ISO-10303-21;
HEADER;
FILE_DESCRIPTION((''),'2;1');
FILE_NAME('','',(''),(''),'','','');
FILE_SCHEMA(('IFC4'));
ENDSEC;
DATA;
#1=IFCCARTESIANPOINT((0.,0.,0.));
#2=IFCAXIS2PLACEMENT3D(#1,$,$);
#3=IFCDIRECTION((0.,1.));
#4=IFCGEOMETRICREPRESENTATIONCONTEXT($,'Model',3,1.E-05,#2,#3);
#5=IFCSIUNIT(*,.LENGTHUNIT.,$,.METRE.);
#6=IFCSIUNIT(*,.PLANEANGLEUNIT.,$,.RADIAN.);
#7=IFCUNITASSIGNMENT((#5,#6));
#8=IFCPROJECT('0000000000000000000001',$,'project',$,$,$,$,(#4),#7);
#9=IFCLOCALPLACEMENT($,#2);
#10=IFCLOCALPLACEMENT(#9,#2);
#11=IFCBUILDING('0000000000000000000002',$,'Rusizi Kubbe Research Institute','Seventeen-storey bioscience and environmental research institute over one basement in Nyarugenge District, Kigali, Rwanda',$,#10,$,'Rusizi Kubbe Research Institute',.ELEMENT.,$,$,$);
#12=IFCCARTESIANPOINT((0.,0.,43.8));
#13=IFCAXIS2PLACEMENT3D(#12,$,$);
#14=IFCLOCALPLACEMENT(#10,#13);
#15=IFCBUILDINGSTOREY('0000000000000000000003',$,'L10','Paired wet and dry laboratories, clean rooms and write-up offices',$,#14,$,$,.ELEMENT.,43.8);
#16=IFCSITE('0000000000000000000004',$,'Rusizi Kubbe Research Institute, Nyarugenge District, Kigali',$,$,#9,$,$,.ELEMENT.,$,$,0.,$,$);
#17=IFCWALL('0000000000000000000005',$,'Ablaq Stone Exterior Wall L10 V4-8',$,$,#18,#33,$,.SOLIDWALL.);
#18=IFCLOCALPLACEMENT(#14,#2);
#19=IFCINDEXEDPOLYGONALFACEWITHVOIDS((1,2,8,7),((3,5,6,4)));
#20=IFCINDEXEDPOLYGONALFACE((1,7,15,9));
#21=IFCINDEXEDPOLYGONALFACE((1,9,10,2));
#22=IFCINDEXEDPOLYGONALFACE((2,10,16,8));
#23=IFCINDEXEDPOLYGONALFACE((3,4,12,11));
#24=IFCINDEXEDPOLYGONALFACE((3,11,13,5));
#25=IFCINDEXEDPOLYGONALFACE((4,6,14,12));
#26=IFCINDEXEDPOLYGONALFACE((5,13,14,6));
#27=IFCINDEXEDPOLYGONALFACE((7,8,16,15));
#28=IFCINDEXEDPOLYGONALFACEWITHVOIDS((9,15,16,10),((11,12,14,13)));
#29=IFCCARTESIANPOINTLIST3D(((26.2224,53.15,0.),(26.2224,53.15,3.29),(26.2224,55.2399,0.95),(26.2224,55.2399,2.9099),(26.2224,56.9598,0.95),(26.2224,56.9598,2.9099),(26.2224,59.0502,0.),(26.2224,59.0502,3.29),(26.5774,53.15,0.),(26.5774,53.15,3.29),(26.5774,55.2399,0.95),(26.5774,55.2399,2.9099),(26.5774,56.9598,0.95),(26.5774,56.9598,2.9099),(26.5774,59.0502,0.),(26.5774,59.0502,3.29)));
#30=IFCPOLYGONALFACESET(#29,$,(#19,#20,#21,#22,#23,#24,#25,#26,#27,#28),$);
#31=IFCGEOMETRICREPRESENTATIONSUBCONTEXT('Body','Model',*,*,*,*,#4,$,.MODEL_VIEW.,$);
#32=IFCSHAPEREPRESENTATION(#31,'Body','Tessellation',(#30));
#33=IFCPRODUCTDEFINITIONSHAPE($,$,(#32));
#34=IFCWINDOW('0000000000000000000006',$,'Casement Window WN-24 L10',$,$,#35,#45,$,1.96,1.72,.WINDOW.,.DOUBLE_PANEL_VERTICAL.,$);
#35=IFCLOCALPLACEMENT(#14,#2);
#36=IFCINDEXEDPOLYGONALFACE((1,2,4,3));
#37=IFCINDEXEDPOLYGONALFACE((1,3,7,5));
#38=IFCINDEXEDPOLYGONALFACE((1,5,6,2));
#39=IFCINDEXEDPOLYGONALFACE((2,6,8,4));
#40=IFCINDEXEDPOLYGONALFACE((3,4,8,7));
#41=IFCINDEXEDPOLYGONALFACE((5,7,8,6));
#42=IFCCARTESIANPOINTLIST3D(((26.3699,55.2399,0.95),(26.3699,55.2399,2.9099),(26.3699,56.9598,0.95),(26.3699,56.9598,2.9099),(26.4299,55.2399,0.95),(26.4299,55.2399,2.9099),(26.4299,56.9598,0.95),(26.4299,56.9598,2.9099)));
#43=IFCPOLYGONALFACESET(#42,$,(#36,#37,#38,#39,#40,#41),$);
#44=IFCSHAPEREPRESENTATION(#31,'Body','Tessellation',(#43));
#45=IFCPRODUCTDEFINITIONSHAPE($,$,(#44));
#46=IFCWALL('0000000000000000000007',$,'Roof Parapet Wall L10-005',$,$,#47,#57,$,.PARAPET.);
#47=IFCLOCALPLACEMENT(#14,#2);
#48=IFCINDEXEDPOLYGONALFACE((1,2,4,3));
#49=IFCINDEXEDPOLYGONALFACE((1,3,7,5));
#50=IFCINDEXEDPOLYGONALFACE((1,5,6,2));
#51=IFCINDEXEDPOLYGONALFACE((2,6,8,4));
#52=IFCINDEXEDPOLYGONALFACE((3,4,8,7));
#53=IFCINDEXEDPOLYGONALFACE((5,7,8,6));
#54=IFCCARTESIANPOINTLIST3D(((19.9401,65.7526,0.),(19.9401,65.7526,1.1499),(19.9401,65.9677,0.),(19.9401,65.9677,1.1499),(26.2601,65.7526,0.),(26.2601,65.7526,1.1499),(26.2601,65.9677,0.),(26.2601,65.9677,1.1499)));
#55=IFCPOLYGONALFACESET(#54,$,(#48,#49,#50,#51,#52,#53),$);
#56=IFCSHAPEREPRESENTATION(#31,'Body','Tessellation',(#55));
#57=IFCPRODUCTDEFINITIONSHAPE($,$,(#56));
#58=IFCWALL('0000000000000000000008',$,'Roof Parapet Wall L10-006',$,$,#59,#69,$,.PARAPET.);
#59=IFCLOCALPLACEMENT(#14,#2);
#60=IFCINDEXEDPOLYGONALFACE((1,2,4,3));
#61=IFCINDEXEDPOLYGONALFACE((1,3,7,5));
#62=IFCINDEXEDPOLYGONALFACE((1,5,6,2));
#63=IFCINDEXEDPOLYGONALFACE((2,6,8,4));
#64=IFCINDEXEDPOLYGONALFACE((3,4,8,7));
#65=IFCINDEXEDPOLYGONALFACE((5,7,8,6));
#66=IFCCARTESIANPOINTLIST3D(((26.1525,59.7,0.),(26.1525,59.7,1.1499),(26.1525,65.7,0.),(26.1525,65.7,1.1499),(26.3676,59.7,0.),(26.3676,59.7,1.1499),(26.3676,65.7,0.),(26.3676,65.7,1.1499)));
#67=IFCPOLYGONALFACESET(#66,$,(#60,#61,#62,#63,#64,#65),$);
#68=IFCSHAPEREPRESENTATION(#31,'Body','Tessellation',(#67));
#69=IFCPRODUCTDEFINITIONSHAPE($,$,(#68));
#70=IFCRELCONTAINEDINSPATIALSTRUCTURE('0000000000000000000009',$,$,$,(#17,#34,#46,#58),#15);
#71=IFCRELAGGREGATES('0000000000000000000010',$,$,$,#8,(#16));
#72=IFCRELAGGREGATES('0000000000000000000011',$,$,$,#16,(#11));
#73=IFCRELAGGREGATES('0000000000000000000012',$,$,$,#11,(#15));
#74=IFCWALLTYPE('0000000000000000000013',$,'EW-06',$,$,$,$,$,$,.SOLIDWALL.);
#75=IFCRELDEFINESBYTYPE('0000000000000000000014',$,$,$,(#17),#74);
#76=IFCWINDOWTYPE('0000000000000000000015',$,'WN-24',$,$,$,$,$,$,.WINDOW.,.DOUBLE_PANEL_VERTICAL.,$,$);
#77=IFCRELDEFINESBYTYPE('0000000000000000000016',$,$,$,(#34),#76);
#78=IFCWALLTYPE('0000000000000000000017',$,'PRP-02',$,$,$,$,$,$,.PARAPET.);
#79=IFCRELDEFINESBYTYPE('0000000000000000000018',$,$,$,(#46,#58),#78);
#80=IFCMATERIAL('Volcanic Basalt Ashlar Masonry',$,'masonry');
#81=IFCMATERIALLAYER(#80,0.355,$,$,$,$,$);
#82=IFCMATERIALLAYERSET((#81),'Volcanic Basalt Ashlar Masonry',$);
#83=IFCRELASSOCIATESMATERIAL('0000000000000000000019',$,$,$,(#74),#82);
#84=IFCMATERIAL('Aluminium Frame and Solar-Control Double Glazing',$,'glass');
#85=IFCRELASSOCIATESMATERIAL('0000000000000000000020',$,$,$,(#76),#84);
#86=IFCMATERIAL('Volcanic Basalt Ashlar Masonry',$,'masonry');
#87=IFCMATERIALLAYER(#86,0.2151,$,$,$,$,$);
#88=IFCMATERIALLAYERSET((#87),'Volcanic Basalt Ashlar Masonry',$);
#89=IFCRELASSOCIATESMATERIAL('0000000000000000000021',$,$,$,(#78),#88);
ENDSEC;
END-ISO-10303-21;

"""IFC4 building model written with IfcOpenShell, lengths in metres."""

from ifc_helpers import new_model, si_unit, direction, frame, frame_2d, origin, place, context, subcontext, project, spatial, rectangle, extrude, material, layer, layer_set, type_object, element, fill, save


model = new_model("IFC4")

# Units and contexts
model_context = context("Model", 3, precision=1e-05, world=origin(), true_north=direction((0.0, 1.0)))
body_context = subcontext(model_context, "Body", "Model", "MODEL_VIEW")
ifc_project = project(units=[si_unit("LENGTHUNIT", "METRE"), si_unit("PLANEANGLEUNIT", "RADIAN")], contexts=[model_context])

# Site, building, storey
site_placement = place(None, origin())
site = spatial("IfcSite", under=ifc_project, at=site_placement, Name="Rusizi Kubbe Research Institute, Nyarugenge District, Kigali", CompositionType="ELEMENT", RefElevation=0.0)
building_placement = place(site_placement, origin())
building = spatial("IfcBuilding", under=site, at=building_placement, Name="Rusizi Kubbe Research Institute", Description="Seventeen-storey bioscience and environmental research institute over one basement in Nyarugenge District, Kigali, Rwanda", LongName="Rusizi Kubbe Research Institute", CompositionType="ELEMENT")
storey_placement = place(building_placement, frame((0.0, 0.0, 43.8)))
storey = spatial("IfcBuildingStorey", under=building, at=storey_placement, Name="L10", Description="Paired wet and dry laboratories, clean rooms and write-up offices", CompositionType="ELEMENT", Elevation=43.8)

# Wall, opening, window
ifc_material_1 = material(Name="Volcanic Basalt Ashlar Masonry", Category="masonry")
ifc_layer_1 = layer(ifc_material_1, 0.355)
ifc_layer_set_1 = layer_set([ifc_layer_1], Name="Volcanic Basalt Ashlar Masonry")
wall_type_1 = type_object("IfcWallType", Name="EW-06", PredefinedType="SOLIDWALL", material=ifc_layer_set_1)
wall_1_placement = place(storey_placement, frame((26.3999, 53.1499, 0.0), z_axis=(0.0, 0.0, 1.0), x_axis=(0.0, 1.0, 0.0)))
wall_1 = element("IfcWall", 1, at=wall_1_placement, inside=storey, type_object=wall_type_1, Name="Ablaq Stone Exterior Wall L10 V4-8", PredefinedType="SOLIDWALL", context=body_context, shape_type="SweptSolid", body=[
    extrude(rectangle(XDim=5.9001, YDim=0.355, at=frame_2d((2.9502, 0.0))), origin(), (0.0, 0.0, 1.0), 3.29),
])
opening_1_placement = place(wall_1_placement, frame((2.0901, 0.0, 0.95)))
opening_1 = element("IfcOpeningElement", 2, at=opening_1_placement, cuts=wall_1, PredefinedType="OPENING", context=body_context, shape_type="SweptSolid", body=[
    extrude(rectangle(XDim=1.72, YDim=1.96, at=frame_2d((0.8599, 0.98))), frame((0.0, 0.1875, 0.0), z_axis=(0.0, -1.0, 0.0), x_axis=(1.0, 0.0, 0.0)), (0.0, 0.0, 1.0), 0.375),
])
ifc_material_2 = material(Name="Aluminium Frame and Solar-Control Double Glazing", Category="glass")
window_type_1 = type_object("IfcWindowType", Name="WN-24", PartitioningType="DOUBLE_PANEL_VERTICAL", PredefinedType="WINDOW", material=ifc_material_2)
window_1_placement = place(opening_1_placement, origin())
window_1 = element("IfcWindow", 3, at=window_1_placement, inside=storey, type_object=window_type_1, Name="Casement Window WN-24 L10", OverallHeight=1.96, OverallWidth=1.72, PartitioningType="DOUBLE_PANEL_VERTICAL", PredefinedType="WINDOW", context=body_context, shape_type="SweptSolid", body=[
    extrude(rectangle(XDim=1.72, YDim=1.96, at=frame_2d((0.8599, 0.98))), frame((0.0, 0.03, 0.0), z_axis=(0.0, -1.0, 0.0), x_axis=(1.0, 0.0, 0.0)), (0.0, 0.0, 1.0), 0.0601),
])
fill(opening_1, window_1)

# Walls
ifc_material_3 = material(Name="Volcanic Basalt Ashlar Masonry", Category="masonry")
ifc_layer_2 = layer(ifc_material_3, 0.2151)
ifc_layer_set_2 = layer_set([ifc_layer_2], Name="Volcanic Basalt Ashlar Masonry")
wall_type_2 = type_object("IfcWallType", Name="PRP-02", PredefinedType="PARAPET", material=ifc_layer_set_2)
wall_2_placement = place(storey_placement, frame((19.9399, 65.8601, 0.0), z_axis=(0.0, 0.0, 1.0), x_axis=(1.0, 0.0, 0.0)))
element("IfcWall", 4, at=wall_2_placement, inside=storey, type_object=wall_type_2, Name="Roof Parapet Wall L10-005", PredefinedType="PARAPET", context=body_context, shape_type="SweptSolid", body=[
    extrude(rectangle(XDim=6.3201, YDim=0.2151, at=frame_2d((3.1602, 0.0))), origin(), (0.0, 0.0, 1.0), 1.1499),
])
wall_3_placement = place(storey_placement, frame((26.26, 59.7, 0.0), z_axis=(0.0, 0.0, 1.0), x_axis=(0.0, 1.0, 0.0)))
element("IfcWall", 5, at=wall_3_placement, inside=storey, type_object=wall_type_2, Name="Roof Parapet Wall L10-006", PredefinedType="PARAPET", context=body_context, shape_type="SweptSolid", body=[
    extrude(rectangle(XDim=6.0, YDim=0.2151, at=frame_2d((3.0, 0.0))), origin(), (0.0, 0.0, 1.0), 1.1499),
])

save(model, "model.ifc")
